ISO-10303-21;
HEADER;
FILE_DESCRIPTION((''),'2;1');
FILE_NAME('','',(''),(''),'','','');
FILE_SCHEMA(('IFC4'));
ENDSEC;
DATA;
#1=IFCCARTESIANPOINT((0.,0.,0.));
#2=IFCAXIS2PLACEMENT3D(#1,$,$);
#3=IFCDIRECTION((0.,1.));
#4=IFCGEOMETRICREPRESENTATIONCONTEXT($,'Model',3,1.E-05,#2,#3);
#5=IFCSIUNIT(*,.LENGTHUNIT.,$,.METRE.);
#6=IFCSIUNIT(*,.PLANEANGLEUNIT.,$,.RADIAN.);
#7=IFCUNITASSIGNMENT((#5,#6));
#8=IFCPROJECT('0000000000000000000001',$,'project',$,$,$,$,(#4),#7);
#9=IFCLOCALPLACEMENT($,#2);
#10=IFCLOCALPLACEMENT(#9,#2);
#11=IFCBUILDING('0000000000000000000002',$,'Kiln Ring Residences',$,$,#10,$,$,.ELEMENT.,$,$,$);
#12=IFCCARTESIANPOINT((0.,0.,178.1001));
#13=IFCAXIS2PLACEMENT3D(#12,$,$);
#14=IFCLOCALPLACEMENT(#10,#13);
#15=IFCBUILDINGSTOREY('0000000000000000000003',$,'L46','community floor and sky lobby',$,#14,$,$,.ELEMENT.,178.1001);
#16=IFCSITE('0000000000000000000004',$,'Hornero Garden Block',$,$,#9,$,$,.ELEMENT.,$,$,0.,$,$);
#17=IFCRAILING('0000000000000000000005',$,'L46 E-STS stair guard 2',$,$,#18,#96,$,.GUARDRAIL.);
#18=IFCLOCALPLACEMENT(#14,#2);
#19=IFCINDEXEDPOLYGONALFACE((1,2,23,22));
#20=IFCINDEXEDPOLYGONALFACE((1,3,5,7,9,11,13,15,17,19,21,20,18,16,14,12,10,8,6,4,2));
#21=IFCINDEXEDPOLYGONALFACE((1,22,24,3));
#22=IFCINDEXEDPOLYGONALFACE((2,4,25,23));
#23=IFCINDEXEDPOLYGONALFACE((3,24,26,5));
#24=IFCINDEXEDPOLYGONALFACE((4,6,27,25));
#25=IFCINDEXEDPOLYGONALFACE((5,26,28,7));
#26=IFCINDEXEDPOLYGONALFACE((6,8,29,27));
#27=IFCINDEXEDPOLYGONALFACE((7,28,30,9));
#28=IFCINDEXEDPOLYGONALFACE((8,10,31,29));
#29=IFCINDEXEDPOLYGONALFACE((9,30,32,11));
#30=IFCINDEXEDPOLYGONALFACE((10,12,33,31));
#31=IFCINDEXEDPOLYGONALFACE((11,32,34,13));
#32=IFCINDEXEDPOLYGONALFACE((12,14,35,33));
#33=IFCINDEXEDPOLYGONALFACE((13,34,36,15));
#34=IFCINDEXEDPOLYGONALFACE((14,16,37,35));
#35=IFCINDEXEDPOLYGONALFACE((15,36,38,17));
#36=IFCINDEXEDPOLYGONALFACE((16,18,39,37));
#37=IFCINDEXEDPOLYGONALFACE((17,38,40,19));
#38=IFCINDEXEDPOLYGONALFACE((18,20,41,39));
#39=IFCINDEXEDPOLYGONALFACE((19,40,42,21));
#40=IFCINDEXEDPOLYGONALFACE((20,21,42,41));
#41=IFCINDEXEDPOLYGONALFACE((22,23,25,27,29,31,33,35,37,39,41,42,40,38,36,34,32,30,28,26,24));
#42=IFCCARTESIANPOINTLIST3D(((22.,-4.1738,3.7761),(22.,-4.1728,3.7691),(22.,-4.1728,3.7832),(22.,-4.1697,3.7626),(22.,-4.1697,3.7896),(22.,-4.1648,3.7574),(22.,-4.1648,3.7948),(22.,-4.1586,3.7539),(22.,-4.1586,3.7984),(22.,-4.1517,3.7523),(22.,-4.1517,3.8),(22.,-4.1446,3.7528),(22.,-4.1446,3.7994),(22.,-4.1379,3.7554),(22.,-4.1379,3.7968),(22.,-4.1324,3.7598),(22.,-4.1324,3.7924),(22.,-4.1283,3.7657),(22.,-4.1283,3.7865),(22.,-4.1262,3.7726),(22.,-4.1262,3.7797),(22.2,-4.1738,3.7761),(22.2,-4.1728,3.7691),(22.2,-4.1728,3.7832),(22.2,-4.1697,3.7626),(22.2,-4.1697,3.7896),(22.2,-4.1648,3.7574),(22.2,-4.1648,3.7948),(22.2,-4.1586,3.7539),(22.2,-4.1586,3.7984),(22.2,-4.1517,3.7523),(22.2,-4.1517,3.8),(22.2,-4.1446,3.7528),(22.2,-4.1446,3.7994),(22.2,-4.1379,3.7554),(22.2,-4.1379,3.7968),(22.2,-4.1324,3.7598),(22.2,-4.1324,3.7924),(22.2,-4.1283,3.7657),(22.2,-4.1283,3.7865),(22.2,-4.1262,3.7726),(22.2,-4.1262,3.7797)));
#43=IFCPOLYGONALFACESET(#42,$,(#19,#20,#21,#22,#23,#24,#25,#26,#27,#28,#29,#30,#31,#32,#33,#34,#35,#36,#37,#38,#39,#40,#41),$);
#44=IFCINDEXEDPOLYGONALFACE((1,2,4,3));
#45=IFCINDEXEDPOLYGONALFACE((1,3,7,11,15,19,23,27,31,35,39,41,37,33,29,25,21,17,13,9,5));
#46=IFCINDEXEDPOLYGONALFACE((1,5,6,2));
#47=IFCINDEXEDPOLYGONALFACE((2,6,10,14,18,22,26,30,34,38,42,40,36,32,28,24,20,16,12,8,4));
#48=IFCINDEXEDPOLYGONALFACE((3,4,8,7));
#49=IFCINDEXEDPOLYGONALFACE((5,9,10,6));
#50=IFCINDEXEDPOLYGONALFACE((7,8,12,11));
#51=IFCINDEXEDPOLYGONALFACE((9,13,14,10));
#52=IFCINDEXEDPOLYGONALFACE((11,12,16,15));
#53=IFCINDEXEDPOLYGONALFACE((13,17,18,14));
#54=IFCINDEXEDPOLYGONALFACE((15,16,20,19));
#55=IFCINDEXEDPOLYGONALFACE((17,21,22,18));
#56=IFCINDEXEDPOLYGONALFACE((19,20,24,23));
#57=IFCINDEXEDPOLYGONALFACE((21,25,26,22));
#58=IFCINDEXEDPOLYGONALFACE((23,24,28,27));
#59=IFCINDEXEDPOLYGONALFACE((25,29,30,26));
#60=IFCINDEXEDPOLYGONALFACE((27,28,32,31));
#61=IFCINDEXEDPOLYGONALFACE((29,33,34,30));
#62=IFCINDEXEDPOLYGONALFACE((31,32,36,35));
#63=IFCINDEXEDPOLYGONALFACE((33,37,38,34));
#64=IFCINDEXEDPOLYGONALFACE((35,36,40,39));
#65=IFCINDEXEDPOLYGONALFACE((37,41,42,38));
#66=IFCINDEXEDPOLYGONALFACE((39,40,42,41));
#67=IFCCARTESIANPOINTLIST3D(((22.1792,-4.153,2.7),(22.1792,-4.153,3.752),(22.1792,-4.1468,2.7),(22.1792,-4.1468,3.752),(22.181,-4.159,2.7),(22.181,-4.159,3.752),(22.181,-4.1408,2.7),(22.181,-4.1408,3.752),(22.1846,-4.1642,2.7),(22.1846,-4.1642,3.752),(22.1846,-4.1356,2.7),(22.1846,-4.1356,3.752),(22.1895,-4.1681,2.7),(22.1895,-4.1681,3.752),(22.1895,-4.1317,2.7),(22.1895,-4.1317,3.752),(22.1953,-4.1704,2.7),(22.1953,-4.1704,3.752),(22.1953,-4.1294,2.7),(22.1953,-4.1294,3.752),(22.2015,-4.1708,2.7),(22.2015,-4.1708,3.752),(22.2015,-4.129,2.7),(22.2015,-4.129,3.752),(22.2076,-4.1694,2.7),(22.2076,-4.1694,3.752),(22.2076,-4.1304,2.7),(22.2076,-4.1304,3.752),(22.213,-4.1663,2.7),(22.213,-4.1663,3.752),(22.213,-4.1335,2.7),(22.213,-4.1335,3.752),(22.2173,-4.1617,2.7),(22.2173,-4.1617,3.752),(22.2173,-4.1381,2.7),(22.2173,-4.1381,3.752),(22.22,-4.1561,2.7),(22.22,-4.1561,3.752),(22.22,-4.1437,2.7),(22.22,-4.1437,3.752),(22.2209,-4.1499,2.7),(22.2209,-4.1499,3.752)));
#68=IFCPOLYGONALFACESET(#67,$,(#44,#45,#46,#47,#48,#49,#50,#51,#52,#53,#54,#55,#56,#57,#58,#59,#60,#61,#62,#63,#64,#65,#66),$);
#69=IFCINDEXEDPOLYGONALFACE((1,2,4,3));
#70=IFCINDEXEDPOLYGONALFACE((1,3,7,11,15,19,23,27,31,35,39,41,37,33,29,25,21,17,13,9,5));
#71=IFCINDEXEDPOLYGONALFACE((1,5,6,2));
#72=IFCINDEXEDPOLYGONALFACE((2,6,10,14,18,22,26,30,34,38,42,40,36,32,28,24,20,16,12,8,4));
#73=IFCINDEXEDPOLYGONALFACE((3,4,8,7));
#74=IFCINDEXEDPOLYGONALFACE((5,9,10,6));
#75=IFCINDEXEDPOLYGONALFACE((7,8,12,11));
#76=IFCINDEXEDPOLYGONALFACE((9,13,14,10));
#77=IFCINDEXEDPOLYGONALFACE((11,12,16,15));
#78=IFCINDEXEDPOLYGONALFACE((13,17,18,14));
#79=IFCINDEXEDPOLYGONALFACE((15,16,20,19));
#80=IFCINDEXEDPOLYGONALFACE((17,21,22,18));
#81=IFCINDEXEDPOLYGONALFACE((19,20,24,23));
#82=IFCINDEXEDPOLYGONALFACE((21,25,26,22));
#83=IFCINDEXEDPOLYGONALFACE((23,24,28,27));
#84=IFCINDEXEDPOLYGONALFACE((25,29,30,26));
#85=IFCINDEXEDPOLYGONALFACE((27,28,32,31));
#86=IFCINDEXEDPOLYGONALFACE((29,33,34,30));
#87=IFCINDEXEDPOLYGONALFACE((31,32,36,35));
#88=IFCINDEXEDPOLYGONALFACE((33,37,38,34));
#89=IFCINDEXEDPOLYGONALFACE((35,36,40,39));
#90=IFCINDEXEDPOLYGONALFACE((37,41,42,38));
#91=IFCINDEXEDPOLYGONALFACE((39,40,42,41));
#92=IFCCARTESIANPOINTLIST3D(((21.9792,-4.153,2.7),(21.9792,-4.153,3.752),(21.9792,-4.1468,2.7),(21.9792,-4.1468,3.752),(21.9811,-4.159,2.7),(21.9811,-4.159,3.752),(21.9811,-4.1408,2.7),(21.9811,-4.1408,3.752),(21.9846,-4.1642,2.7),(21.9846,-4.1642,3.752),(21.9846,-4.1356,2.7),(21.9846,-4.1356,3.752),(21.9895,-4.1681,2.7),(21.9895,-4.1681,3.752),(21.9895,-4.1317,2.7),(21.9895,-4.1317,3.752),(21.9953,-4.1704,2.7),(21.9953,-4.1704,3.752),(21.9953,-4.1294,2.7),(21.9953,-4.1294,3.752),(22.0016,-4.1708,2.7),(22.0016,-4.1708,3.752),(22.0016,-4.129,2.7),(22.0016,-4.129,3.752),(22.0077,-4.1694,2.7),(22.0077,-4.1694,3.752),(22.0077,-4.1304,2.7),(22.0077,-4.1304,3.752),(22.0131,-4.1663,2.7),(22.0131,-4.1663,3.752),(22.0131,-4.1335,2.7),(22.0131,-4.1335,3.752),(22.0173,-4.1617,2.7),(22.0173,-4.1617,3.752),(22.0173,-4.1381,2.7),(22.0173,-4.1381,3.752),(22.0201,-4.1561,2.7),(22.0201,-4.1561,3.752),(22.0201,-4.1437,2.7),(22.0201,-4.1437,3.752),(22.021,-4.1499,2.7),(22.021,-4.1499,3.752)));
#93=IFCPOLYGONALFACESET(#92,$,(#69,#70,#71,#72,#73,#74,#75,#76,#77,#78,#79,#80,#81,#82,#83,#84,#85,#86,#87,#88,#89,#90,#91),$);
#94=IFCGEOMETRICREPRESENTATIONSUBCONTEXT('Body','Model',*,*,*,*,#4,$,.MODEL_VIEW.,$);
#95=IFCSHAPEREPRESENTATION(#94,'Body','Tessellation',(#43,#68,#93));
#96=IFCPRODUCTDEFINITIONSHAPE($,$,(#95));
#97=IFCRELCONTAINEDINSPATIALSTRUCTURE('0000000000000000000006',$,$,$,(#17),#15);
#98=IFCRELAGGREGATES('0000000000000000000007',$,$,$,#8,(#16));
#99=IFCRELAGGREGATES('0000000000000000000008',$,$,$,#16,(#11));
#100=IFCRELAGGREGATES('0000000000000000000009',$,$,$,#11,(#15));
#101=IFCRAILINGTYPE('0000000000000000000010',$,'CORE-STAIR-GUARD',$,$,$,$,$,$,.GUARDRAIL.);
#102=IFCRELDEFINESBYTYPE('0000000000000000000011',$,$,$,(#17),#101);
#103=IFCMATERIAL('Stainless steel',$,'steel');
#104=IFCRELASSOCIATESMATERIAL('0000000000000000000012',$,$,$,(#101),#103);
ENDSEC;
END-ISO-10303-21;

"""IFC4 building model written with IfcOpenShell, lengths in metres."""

from ifc_helpers import new_model, si_unit, direction, frame, origin, origin_2d, place, context, subcontext, project, spatial, circle, extrude, material, type_object, element, save


model = new_model("IFC4")

# Units and contexts
model_context = context("Model", 3, precision=1e-05, world=origin(), true_north=direction((0.0, 1.0)))
body_context = subcontext(model_context, "Body", "Model", "MODEL_VIEW")
ifc_project = project(units=[si_unit("LENGTHUNIT", "METRE"), si_unit("PLANEANGLEUNIT", "RADIAN")], contexts=[model_context])

# Site, building, storey
site_placement = place(None, origin())
site = spatial("IfcSite", under=ifc_project, at=site_placement, Name="Hornero Garden Block", CompositionType="ELEMENT", RefElevation=0.0)
building_placement = place(site_placement, origin())
building = spatial("IfcBuilding", under=site, at=building_placement, Name="Kiln Ring Residences", CompositionType="ELEMENT")
storey_placement = place(building_placement, frame((0.0, 0.0, 178.1001)))
storey = spatial("IfcBuildingStorey", under=building, at=storey_placement, Name="L46", Description="community floor and sky lobby", CompositionType="ELEMENT", Elevation=178.1001)

# Railing
ifc_material_1 = material(Name="Stainless steel", Category="steel")
railing_type_1 = type_object("IfcRailingType", Name="CORE-STAIR-GUARD", PredefinedType="GUARDRAIL", material=ifc_material_1)
railing_1_placement = place(storey_placement, frame((22.2, -4.1499, 2.7)))
element("IfcRailing", 1, at=railing_1_placement, inside=storey, type_object=railing_type_1, Name="L46 E-STS stair guard 2", PredefinedType="GUARDRAIL", context=body_context, shape_type="SweptSolid", body=[
    extrude(circle(Radius=0.0239, at=origin_2d()), frame((0.0, 0.0, 1.0762), z_axis=(-1.0, 0.0, 0.0), x_axis=(0.0, -1.0, 0.0)), (0.0, 0.0, 1.0), 0.2),
    extrude(circle(Radius=0.021, at=origin_2d()), origin(), (0.0, 0.0, 1.0), 1.052),
    extrude(circle(Radius=0.021, at=origin_2d()), frame((-0.2, 0.0, 0.0)), (0.0, 0.0, 1.0), 1.052),
])

save(model, "model.ifc")
